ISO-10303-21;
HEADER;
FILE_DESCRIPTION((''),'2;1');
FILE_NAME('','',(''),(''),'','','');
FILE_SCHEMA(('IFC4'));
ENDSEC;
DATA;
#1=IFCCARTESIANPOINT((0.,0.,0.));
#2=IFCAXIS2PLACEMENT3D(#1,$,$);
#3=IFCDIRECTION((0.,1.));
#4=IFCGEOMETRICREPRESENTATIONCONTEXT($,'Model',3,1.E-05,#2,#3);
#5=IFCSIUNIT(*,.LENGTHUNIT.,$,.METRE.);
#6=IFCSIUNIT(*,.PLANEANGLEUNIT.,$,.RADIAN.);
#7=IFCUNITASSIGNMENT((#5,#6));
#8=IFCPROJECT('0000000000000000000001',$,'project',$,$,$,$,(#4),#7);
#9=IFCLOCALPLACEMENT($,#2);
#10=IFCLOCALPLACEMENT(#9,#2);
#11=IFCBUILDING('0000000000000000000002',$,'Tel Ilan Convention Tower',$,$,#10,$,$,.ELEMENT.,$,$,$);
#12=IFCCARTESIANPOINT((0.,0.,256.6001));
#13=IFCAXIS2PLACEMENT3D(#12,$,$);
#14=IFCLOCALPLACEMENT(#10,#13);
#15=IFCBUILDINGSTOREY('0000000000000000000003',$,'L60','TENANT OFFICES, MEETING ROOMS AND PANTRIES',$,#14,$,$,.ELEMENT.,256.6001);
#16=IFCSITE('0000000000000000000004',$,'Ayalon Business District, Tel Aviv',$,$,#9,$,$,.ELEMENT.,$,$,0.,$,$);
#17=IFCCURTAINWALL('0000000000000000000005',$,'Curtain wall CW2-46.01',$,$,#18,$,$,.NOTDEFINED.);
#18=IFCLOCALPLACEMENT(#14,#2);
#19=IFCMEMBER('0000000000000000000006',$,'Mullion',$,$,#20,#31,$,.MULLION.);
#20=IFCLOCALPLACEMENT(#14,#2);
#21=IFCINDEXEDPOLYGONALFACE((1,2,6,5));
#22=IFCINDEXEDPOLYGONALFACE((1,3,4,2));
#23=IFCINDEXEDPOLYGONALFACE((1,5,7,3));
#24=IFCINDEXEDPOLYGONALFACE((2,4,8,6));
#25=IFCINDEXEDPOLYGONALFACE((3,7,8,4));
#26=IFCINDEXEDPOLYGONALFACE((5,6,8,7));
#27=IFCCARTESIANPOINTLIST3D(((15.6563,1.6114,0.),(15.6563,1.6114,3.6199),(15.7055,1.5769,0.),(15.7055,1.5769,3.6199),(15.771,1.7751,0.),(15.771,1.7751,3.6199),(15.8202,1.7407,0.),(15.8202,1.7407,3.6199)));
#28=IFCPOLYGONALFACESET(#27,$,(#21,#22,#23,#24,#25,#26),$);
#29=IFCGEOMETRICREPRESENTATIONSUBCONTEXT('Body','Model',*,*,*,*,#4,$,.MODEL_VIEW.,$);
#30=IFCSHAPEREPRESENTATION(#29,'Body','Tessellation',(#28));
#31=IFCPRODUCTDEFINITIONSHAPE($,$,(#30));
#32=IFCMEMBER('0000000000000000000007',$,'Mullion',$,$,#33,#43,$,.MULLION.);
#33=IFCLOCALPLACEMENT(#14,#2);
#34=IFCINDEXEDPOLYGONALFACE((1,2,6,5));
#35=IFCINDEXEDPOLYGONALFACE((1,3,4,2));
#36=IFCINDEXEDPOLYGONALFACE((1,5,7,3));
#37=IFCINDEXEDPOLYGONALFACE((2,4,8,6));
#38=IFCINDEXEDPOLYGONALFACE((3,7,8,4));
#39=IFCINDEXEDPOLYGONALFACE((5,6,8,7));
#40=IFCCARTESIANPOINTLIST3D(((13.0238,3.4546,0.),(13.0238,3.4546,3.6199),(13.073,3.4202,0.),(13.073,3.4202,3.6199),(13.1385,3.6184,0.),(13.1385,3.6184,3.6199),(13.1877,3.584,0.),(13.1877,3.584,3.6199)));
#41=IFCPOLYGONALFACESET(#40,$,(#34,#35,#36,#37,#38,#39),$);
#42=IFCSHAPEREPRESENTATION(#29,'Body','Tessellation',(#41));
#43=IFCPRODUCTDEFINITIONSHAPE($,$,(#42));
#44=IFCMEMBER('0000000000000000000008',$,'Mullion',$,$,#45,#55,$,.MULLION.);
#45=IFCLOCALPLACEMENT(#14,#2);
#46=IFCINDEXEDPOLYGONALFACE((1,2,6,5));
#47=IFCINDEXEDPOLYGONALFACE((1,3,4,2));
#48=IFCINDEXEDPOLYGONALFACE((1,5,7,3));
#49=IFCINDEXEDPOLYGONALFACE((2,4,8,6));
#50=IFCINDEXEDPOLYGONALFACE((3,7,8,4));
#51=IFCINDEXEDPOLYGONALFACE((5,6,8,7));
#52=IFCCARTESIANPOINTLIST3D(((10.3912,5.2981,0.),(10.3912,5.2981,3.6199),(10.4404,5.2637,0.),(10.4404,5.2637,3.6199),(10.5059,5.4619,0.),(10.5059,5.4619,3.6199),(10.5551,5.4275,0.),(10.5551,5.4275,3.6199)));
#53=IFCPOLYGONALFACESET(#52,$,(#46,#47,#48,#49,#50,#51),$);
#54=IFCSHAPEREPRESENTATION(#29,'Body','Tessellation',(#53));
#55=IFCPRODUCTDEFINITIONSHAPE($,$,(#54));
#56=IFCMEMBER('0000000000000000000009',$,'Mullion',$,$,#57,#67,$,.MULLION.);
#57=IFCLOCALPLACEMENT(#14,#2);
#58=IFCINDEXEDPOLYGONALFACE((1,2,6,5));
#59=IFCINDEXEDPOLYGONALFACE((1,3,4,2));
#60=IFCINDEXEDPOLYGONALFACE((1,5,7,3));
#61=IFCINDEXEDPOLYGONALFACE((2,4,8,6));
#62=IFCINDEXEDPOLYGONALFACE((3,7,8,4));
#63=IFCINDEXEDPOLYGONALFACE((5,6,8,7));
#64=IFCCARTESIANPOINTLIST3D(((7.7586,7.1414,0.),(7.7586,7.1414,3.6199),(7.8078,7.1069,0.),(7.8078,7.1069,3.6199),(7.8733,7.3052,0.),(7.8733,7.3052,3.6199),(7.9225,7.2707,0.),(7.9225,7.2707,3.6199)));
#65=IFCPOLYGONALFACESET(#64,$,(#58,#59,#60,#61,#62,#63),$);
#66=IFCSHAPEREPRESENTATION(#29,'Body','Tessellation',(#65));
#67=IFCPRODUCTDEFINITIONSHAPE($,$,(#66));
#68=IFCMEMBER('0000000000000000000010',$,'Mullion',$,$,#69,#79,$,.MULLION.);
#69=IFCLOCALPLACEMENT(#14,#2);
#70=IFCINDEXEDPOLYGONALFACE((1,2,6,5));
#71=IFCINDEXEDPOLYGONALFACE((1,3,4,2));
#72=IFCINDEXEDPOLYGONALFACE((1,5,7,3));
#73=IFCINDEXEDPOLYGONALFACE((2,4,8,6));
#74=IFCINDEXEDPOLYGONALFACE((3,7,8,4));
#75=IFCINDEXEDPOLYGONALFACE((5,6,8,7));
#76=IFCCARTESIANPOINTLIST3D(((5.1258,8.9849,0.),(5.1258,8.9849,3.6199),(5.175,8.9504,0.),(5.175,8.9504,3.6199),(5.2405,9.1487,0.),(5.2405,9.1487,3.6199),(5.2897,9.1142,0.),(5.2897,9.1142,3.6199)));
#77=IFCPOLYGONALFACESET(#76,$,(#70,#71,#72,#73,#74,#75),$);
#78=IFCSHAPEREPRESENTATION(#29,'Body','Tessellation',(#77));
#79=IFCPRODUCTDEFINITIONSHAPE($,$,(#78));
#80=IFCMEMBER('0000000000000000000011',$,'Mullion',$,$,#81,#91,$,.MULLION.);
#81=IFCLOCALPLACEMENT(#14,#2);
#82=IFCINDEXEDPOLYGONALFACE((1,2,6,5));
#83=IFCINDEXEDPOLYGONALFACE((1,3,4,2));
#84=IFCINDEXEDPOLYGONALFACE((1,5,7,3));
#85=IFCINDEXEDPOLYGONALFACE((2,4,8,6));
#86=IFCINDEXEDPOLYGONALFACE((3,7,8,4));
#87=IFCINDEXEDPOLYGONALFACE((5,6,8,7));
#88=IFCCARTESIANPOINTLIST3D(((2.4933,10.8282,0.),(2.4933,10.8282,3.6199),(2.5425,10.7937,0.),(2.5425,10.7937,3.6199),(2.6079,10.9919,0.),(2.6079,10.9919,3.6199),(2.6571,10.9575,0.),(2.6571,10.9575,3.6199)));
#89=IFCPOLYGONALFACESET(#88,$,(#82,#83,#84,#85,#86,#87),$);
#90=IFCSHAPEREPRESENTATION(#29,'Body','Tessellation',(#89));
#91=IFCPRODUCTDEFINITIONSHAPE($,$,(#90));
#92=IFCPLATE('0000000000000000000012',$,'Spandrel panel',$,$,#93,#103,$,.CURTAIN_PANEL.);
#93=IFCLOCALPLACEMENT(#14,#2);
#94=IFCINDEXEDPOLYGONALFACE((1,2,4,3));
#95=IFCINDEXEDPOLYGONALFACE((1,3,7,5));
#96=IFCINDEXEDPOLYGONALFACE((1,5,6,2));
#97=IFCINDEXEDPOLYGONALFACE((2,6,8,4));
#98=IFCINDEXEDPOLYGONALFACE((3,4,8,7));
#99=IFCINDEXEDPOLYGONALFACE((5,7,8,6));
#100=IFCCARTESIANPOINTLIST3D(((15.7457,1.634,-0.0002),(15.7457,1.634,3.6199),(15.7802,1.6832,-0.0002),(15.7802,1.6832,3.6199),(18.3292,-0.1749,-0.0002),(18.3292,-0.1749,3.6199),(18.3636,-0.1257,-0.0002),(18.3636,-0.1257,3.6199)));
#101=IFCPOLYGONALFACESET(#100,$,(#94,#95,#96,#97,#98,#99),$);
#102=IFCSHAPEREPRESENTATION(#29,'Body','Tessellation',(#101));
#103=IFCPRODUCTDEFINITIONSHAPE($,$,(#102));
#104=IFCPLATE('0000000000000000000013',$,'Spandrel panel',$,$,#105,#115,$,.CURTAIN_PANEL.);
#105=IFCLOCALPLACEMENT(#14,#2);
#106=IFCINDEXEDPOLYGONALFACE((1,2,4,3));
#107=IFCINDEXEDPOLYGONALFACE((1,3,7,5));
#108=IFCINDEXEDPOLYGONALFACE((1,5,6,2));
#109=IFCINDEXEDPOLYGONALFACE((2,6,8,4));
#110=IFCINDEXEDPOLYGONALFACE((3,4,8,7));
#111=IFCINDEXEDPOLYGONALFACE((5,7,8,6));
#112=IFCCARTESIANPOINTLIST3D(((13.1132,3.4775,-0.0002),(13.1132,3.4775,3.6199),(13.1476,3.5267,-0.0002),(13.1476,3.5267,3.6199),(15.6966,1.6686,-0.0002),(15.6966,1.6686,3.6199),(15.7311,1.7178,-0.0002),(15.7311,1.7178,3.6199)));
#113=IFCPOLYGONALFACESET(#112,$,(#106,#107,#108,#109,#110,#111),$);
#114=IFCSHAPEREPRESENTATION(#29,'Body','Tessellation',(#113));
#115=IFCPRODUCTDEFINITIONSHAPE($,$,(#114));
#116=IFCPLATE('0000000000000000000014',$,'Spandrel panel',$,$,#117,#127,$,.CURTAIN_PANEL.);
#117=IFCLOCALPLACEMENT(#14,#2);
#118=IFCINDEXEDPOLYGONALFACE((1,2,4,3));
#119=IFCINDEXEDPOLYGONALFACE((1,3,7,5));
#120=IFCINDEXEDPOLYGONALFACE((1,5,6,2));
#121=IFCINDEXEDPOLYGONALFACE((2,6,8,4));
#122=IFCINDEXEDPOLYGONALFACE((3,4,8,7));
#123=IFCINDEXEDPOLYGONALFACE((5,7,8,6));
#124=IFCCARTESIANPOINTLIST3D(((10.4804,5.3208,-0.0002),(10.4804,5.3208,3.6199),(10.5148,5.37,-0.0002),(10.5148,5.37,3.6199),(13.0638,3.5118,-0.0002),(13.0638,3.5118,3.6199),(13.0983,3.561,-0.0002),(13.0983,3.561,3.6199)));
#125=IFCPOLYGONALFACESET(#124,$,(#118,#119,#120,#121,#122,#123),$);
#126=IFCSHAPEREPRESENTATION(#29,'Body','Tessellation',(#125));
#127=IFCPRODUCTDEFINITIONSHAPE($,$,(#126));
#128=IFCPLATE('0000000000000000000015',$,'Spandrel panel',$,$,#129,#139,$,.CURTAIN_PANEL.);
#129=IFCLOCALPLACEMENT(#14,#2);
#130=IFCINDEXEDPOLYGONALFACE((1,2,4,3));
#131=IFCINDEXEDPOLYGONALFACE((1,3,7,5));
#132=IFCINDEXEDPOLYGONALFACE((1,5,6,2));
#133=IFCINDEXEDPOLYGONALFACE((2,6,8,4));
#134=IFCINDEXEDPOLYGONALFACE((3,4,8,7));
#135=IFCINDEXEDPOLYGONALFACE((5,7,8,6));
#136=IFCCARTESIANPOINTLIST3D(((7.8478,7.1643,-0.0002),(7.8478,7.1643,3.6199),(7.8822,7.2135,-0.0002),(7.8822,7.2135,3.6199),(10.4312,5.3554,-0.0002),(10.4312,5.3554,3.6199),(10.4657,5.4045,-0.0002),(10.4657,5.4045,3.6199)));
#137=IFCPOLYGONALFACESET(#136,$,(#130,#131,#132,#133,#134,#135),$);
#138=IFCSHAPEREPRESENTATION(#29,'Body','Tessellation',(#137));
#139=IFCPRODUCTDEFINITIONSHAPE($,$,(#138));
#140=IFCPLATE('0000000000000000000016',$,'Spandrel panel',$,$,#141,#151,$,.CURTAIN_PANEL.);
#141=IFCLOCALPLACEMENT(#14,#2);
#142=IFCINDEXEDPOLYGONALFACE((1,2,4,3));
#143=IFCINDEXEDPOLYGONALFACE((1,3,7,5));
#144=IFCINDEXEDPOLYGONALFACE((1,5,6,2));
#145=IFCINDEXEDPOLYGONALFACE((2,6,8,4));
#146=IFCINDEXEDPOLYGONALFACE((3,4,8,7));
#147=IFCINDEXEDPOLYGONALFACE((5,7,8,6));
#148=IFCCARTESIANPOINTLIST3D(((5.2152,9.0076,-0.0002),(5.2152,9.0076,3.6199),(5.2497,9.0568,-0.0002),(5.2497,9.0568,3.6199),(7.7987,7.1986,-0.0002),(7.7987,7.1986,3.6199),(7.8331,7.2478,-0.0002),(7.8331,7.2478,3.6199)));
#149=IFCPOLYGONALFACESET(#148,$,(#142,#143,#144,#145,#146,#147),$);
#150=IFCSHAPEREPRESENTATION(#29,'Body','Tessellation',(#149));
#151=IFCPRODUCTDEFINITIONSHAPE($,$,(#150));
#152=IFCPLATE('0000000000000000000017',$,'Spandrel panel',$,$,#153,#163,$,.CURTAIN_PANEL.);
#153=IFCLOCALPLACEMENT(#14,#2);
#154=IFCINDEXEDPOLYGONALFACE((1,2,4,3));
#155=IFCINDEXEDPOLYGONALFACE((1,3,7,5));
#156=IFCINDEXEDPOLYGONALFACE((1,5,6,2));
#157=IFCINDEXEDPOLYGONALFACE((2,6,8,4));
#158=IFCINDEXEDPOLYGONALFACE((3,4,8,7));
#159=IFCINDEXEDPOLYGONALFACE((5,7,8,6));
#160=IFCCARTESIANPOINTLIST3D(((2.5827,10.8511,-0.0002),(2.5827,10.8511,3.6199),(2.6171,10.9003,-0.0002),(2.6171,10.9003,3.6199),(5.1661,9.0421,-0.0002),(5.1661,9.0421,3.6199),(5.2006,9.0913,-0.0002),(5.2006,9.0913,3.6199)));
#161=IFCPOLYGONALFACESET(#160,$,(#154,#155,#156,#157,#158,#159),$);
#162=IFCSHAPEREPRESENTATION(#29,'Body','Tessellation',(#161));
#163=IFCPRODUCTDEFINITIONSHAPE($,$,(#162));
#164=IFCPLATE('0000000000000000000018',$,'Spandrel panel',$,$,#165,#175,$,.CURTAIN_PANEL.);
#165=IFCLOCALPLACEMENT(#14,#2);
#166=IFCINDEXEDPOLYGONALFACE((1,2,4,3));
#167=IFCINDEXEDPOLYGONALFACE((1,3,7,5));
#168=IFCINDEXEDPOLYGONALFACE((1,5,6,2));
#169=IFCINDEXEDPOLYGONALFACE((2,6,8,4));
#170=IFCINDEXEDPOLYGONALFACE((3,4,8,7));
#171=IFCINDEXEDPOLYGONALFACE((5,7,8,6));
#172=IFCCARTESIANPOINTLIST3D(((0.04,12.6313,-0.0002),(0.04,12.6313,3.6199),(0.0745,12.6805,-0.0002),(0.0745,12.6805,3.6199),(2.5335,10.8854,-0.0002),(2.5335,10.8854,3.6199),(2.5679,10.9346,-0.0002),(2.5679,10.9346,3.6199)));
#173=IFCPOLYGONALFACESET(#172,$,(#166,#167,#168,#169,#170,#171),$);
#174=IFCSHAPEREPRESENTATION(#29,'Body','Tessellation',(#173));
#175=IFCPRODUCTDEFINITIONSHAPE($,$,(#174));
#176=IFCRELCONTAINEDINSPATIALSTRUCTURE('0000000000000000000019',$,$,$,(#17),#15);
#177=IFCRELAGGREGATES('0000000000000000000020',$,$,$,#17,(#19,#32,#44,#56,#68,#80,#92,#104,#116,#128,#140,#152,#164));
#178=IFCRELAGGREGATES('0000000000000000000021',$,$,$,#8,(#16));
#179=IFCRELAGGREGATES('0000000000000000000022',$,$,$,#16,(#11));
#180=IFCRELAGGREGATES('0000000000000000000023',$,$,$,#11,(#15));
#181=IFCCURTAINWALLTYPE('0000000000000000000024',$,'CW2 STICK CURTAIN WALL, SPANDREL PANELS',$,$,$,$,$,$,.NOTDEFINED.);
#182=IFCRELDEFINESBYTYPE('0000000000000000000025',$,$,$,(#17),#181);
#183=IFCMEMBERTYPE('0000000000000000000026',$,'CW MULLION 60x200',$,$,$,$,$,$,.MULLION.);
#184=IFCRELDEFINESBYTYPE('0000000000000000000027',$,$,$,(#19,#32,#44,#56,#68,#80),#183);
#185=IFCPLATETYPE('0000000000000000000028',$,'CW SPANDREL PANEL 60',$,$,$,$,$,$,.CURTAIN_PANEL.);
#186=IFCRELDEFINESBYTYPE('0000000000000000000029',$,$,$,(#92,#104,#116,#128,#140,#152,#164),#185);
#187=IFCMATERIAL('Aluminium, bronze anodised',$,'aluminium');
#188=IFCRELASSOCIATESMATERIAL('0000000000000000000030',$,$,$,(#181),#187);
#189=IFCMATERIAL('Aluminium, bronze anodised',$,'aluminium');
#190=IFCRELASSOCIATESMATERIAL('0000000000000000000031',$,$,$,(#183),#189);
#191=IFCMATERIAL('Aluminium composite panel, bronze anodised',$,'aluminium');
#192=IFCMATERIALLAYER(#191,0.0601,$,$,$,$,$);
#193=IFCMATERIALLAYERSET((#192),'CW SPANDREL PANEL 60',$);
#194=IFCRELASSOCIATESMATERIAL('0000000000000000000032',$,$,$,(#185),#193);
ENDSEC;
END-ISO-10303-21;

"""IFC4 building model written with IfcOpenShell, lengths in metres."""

from ifc_helpers import new_model, si_unit, direction, frame, origin, origin_2d, place, context, subcontext, project, spatial, rectangle, extrude, material, layer, layer_set, material_profile, profile_set, type_object, element, aggregate, save


model = new_model("IFC4")

# Units and contexts
model_context = context("Model", 3, precision=1e-05, world=origin(), true_north=direction((0.0, 1.0)))
body_context = subcontext(model_context, "Body", "Model", "MODEL_VIEW")
ifc_project = project(units=[si_unit("LENGTHUNIT", "METRE"), si_unit("PLANEANGLEUNIT", "RADIAN")], contexts=[model_context])

# Site, building, storey
site_placement = place(None, origin())
site = spatial("IfcSite", under=ifc_project, at=site_placement, Name="Ayalon Business District, Tel Aviv", CompositionType="ELEMENT", RefElevation=0.0)
building_placement = place(site_placement, origin())
building = spatial("IfcBuilding", under=site, at=building_placement, Name="Tel Ilan Convention Tower", CompositionType="ELEMENT")
storey_placement = place(building_placement, frame((0.0, 0.0, 256.6001)))
storey = spatial("IfcBuildingStorey", under=building, at=storey_placement, Name="L60", Description="TENANT OFFICES, MEETING ROOMS AND PANTRIES", CompositionType="ELEMENT", Elevation=256.6001)

# Curtain wall, members, plates
ifc_material_1 = material(Name="Aluminium, bronze anodised", Category="aluminium")
curtain_wall_type = type_object("IfcCurtainWallType", Name="CW2 STICK CURTAIN WALL, SPANDREL PANELS", PredefinedType="NOTDEFINED", material=ifc_material_1)
curtain_wall_placement = place(storey_placement, origin())
curtain_wall = element("IfcCurtainWall", 1, at=curtain_wall_placement, inside=storey, type_object=curtain_wall_type, Name="Curtain wall CW2-46.01", PredefinedType="NOTDEFINED")
ifc_material_2 = material(Name="Aluminium, bronze anodised", Category="aluminium")
ifc_material_profile = material_profile(ifc_material_2, rectangle(XDim=0.0601, YDim=0.2, at=origin_2d()), Name="CW MULLION 60x200")
ifc_profile_set = profile_set([ifc_material_profile], Name="Aluminium, bronze anodised")
member_type = type_object("IfcMemberType", Name="CW MULLION 60x200", PredefinedType="MULLION", material=ifc_profile_set)
member_1_placement = place(storey_placement, frame((15.7383, 1.676, 0.0), z_axis=(0.0, 0.0, 1.0), x_axis=(-0.819152, 0.573576, 0.0)))
member_1 = element("IfcMember", 2, at=member_1_placement, type_object=member_type, Name="Mullion", PredefinedType="MULLION", context=body_context, shape_type="SweptSolid", body=[
    extrude(rectangle(XDim=0.0601, YDim=0.2, at=origin_2d()), origin(), (0.0, 0.0, 1.0), 3.6199),
])
member_2_placement = place(storey_placement, frame((13.1057, 3.5193, 0.0), z_axis=(0.0, 0.0, 1.0), x_axis=(-0.819152, 0.573576, 0.0)))
member_2 = element("IfcMember", 3, at=member_2_placement, type_object=member_type, Name="Mullion", PredefinedType="MULLION", context=body_context, shape_type="SweptSolid", body=[
    extrude(rectangle(XDim=0.0601, YDim=0.2, at=origin_2d()), origin(), (0.0, 0.0, 1.0), 3.6199),
])
member_3_placement = place(storey_placement, frame((10.4731, 5.3628, 0.0), z_axis=(0.0, 0.0, 1.0), x_axis=(-0.819152, 0.573576, 0.0)))
member_3 = element("IfcMember", 4, at=member_3_placement, type_object=member_type, Name="Mullion", PredefinedType="MULLION", context=body_context, shape_type="SweptSolid", body=[
    extrude(rectangle(XDim=0.0601, YDim=0.2, at=origin_2d()), origin(), (0.0, 0.0, 1.0), 3.6199),
])
member_4_placement = place(storey_placement, frame((7.8406, 7.2061, 0.0), z_axis=(0.0, 0.0, 1.0), x_axis=(-0.819152, 0.573576, 0.0)))
member_4 = element("IfcMember", 5, at=member_4_placement, type_object=member_type, Name="Mullion", PredefinedType="MULLION", context=body_context, shape_type="SweptSolid", body=[
    extrude(rectangle(XDim=0.0601, YDim=0.2, at=origin_2d()), origin(), (0.0, 0.0, 1.0), 3.6199),
])
member_5_placement = place(storey_placement, frame((5.2078, 9.0496, 0.0), z_axis=(0.0, 0.0, 1.0), x_axis=(-0.819152, 0.573576, 0.0)))
member_5 = element("IfcMember", 6, at=member_5_placement, type_object=member_type, Name="Mullion", PredefinedType="MULLION", context=body_context, shape_type="SweptSolid", body=[
    extrude(rectangle(XDim=0.0601, YDim=0.2, at=origin_2d()), origin(), (0.0, 0.0, 1.0), 3.6199),
])
member_6_placement = place(storey_placement, frame((2.5752, 10.8928, 0.0), z_axis=(0.0, 0.0, 1.0), x_axis=(-0.819152, 0.573576, 0.0)))
member_6 = element("IfcMember", 7, at=member_6_placement, type_object=member_type, Name="Mullion", PredefinedType="MULLION", context=body_context, shape_type="SweptSolid", body=[
    extrude(rectangle(XDim=0.0601, YDim=0.2, at=origin_2d()), origin(), (0.0, 0.0, 1.0), 3.6199),
])
ifc_material_3 = material(Name="Aluminium composite panel, bronze anodised", Category="aluminium")
ifc_layer_1 = layer(ifc_material_3, 0.0601)
ifc_layer_set_1 = layer_set([ifc_layer_1], Name="CW SPANDREL PANEL 60")
plate_type = type_object("IfcPlateType", Name="CW SPANDREL PANEL 60", PredefinedType="CURTAIN_PANEL", material=ifc_layer_set_1)
plate_1_placement = place(storey_placement, frame((17.0547, 0.7542, -0.0002), z_axis=(0.0, 0.0, 1.0), x_axis=(-0.819152, 0.573576, 0.0)))
plate_1 = element("IfcPlate", 8, at=plate_1_placement, type_object=plate_type, Name="Spandrel panel", PredefinedType="CURTAIN_PANEL", context=body_context, shape_type="SweptSolid", body=[
    extrude(rectangle(XDim=3.1538, YDim=0.0601, at=origin_2d()), origin(), (0.0, 0.0, 1.0), 3.6201),
])
plate_2_placement = place(storey_placement, frame((14.4221, 2.5977, -0.0002), z_axis=(0.0, 0.0, 1.0), x_axis=(-0.819152, 0.573576, 0.0)))
plate_2 = element("IfcPlate", 9, at=plate_2_placement, type_object=plate_type, Name="Spandrel panel", PredefinedType="CURTAIN_PANEL", context=body_context, shape_type="SweptSolid", body=[
    extrude(rectangle(XDim=3.1538, YDim=0.0601, at=origin_2d()), origin(), (0.0, 0.0, 1.0), 3.6201),
])
plate_3_placement = place(storey_placement, frame((11.7893, 4.4409, -0.0002), z_axis=(0.0, 0.0, 1.0), x_axis=(-0.819152, 0.573576, 0.0)))
plate_3 = element("IfcPlate", 10, at=plate_3_placement, type_object=plate_type, Name="Spandrel panel", PredefinedType="CURTAIN_PANEL", context=body_context, shape_type="SweptSolid", body=[
    extrude(rectangle(XDim=3.1538, YDim=0.0601, at=origin_2d()), origin(), (0.0, 0.0, 1.0), 3.6201),
])
plate_4_placement = place(storey_placement, frame((9.1567, 6.2844, -0.0002), z_axis=(0.0, 0.0, 1.0), x_axis=(-0.819152, 0.573576, 0.0)))
plate_4 = element("IfcPlate", 11, at=plate_4_placement, type_object=plate_type, Name="Spandrel panel", PredefinedType="CURTAIN_PANEL", context=body_context, shape_type="SweptSolid", body=[
    extrude(rectangle(XDim=3.1538, YDim=0.0601, at=origin_2d()), origin(), (0.0, 0.0, 1.0), 3.6201),
])
plate_5_placement = place(storey_placement, frame((6.5242, 8.1277, -0.0002), z_axis=(0.0, 0.0, 1.0), x_axis=(-0.819152, 0.573576, 0.0)))
plate_5 = element("IfcPlate", 12, at=plate_5_placement, type_object=plate_type, Name="Spandrel panel", PredefinedType="CURTAIN_PANEL", context=body_context, shape_type="SweptSolid", body=[
    extrude(rectangle(XDim=3.1538, YDim=0.0601, at=origin_2d()), origin(), (0.0, 0.0, 1.0), 3.6201),
])
plate_6_placement = place(storey_placement, frame((3.8916, 9.9712, -0.0002), z_axis=(0.0, 0.0, 1.0), x_axis=(-0.819152, 0.573576, 0.0)))
plate_6 = element("IfcPlate", 13, at=plate_6_placement, type_object=plate_type, Name="Spandrel panel", PredefinedType="CURTAIN_PANEL", context=body_context, shape_type="SweptSolid", body=[
    extrude(rectangle(XDim=3.1538, YDim=0.0601, at=origin_2d()), origin(), (0.0, 0.0, 1.0), 3.6201),
])
plate_7_placement = place(storey_placement, frame((1.304, 11.783, -0.0002), z_axis=(0.0, 0.0, 1.0), x_axis=(-0.819152, 0.573576, 0.0)))
plate_7 = element("IfcPlate", 14, at=plate_7_placement, type_object=plate_type, Name="Spandrel panel", PredefinedType="CURTAIN_PANEL", context=body_context, shape_type="SweptSolid", body=[
    extrude(rectangle(XDim=3.0439, YDim=0.0601, at=origin_2d()), origin(), (0.0, 0.0, 1.0), 3.6201),
])
aggregate(curtain_wall, [member_1, member_2, member_3, member_4, member_5, member_6, plate_1, plate_2, plate_3, plate_4, plate_5, plate_6, plate_7])

save(model, "model.ifc")
